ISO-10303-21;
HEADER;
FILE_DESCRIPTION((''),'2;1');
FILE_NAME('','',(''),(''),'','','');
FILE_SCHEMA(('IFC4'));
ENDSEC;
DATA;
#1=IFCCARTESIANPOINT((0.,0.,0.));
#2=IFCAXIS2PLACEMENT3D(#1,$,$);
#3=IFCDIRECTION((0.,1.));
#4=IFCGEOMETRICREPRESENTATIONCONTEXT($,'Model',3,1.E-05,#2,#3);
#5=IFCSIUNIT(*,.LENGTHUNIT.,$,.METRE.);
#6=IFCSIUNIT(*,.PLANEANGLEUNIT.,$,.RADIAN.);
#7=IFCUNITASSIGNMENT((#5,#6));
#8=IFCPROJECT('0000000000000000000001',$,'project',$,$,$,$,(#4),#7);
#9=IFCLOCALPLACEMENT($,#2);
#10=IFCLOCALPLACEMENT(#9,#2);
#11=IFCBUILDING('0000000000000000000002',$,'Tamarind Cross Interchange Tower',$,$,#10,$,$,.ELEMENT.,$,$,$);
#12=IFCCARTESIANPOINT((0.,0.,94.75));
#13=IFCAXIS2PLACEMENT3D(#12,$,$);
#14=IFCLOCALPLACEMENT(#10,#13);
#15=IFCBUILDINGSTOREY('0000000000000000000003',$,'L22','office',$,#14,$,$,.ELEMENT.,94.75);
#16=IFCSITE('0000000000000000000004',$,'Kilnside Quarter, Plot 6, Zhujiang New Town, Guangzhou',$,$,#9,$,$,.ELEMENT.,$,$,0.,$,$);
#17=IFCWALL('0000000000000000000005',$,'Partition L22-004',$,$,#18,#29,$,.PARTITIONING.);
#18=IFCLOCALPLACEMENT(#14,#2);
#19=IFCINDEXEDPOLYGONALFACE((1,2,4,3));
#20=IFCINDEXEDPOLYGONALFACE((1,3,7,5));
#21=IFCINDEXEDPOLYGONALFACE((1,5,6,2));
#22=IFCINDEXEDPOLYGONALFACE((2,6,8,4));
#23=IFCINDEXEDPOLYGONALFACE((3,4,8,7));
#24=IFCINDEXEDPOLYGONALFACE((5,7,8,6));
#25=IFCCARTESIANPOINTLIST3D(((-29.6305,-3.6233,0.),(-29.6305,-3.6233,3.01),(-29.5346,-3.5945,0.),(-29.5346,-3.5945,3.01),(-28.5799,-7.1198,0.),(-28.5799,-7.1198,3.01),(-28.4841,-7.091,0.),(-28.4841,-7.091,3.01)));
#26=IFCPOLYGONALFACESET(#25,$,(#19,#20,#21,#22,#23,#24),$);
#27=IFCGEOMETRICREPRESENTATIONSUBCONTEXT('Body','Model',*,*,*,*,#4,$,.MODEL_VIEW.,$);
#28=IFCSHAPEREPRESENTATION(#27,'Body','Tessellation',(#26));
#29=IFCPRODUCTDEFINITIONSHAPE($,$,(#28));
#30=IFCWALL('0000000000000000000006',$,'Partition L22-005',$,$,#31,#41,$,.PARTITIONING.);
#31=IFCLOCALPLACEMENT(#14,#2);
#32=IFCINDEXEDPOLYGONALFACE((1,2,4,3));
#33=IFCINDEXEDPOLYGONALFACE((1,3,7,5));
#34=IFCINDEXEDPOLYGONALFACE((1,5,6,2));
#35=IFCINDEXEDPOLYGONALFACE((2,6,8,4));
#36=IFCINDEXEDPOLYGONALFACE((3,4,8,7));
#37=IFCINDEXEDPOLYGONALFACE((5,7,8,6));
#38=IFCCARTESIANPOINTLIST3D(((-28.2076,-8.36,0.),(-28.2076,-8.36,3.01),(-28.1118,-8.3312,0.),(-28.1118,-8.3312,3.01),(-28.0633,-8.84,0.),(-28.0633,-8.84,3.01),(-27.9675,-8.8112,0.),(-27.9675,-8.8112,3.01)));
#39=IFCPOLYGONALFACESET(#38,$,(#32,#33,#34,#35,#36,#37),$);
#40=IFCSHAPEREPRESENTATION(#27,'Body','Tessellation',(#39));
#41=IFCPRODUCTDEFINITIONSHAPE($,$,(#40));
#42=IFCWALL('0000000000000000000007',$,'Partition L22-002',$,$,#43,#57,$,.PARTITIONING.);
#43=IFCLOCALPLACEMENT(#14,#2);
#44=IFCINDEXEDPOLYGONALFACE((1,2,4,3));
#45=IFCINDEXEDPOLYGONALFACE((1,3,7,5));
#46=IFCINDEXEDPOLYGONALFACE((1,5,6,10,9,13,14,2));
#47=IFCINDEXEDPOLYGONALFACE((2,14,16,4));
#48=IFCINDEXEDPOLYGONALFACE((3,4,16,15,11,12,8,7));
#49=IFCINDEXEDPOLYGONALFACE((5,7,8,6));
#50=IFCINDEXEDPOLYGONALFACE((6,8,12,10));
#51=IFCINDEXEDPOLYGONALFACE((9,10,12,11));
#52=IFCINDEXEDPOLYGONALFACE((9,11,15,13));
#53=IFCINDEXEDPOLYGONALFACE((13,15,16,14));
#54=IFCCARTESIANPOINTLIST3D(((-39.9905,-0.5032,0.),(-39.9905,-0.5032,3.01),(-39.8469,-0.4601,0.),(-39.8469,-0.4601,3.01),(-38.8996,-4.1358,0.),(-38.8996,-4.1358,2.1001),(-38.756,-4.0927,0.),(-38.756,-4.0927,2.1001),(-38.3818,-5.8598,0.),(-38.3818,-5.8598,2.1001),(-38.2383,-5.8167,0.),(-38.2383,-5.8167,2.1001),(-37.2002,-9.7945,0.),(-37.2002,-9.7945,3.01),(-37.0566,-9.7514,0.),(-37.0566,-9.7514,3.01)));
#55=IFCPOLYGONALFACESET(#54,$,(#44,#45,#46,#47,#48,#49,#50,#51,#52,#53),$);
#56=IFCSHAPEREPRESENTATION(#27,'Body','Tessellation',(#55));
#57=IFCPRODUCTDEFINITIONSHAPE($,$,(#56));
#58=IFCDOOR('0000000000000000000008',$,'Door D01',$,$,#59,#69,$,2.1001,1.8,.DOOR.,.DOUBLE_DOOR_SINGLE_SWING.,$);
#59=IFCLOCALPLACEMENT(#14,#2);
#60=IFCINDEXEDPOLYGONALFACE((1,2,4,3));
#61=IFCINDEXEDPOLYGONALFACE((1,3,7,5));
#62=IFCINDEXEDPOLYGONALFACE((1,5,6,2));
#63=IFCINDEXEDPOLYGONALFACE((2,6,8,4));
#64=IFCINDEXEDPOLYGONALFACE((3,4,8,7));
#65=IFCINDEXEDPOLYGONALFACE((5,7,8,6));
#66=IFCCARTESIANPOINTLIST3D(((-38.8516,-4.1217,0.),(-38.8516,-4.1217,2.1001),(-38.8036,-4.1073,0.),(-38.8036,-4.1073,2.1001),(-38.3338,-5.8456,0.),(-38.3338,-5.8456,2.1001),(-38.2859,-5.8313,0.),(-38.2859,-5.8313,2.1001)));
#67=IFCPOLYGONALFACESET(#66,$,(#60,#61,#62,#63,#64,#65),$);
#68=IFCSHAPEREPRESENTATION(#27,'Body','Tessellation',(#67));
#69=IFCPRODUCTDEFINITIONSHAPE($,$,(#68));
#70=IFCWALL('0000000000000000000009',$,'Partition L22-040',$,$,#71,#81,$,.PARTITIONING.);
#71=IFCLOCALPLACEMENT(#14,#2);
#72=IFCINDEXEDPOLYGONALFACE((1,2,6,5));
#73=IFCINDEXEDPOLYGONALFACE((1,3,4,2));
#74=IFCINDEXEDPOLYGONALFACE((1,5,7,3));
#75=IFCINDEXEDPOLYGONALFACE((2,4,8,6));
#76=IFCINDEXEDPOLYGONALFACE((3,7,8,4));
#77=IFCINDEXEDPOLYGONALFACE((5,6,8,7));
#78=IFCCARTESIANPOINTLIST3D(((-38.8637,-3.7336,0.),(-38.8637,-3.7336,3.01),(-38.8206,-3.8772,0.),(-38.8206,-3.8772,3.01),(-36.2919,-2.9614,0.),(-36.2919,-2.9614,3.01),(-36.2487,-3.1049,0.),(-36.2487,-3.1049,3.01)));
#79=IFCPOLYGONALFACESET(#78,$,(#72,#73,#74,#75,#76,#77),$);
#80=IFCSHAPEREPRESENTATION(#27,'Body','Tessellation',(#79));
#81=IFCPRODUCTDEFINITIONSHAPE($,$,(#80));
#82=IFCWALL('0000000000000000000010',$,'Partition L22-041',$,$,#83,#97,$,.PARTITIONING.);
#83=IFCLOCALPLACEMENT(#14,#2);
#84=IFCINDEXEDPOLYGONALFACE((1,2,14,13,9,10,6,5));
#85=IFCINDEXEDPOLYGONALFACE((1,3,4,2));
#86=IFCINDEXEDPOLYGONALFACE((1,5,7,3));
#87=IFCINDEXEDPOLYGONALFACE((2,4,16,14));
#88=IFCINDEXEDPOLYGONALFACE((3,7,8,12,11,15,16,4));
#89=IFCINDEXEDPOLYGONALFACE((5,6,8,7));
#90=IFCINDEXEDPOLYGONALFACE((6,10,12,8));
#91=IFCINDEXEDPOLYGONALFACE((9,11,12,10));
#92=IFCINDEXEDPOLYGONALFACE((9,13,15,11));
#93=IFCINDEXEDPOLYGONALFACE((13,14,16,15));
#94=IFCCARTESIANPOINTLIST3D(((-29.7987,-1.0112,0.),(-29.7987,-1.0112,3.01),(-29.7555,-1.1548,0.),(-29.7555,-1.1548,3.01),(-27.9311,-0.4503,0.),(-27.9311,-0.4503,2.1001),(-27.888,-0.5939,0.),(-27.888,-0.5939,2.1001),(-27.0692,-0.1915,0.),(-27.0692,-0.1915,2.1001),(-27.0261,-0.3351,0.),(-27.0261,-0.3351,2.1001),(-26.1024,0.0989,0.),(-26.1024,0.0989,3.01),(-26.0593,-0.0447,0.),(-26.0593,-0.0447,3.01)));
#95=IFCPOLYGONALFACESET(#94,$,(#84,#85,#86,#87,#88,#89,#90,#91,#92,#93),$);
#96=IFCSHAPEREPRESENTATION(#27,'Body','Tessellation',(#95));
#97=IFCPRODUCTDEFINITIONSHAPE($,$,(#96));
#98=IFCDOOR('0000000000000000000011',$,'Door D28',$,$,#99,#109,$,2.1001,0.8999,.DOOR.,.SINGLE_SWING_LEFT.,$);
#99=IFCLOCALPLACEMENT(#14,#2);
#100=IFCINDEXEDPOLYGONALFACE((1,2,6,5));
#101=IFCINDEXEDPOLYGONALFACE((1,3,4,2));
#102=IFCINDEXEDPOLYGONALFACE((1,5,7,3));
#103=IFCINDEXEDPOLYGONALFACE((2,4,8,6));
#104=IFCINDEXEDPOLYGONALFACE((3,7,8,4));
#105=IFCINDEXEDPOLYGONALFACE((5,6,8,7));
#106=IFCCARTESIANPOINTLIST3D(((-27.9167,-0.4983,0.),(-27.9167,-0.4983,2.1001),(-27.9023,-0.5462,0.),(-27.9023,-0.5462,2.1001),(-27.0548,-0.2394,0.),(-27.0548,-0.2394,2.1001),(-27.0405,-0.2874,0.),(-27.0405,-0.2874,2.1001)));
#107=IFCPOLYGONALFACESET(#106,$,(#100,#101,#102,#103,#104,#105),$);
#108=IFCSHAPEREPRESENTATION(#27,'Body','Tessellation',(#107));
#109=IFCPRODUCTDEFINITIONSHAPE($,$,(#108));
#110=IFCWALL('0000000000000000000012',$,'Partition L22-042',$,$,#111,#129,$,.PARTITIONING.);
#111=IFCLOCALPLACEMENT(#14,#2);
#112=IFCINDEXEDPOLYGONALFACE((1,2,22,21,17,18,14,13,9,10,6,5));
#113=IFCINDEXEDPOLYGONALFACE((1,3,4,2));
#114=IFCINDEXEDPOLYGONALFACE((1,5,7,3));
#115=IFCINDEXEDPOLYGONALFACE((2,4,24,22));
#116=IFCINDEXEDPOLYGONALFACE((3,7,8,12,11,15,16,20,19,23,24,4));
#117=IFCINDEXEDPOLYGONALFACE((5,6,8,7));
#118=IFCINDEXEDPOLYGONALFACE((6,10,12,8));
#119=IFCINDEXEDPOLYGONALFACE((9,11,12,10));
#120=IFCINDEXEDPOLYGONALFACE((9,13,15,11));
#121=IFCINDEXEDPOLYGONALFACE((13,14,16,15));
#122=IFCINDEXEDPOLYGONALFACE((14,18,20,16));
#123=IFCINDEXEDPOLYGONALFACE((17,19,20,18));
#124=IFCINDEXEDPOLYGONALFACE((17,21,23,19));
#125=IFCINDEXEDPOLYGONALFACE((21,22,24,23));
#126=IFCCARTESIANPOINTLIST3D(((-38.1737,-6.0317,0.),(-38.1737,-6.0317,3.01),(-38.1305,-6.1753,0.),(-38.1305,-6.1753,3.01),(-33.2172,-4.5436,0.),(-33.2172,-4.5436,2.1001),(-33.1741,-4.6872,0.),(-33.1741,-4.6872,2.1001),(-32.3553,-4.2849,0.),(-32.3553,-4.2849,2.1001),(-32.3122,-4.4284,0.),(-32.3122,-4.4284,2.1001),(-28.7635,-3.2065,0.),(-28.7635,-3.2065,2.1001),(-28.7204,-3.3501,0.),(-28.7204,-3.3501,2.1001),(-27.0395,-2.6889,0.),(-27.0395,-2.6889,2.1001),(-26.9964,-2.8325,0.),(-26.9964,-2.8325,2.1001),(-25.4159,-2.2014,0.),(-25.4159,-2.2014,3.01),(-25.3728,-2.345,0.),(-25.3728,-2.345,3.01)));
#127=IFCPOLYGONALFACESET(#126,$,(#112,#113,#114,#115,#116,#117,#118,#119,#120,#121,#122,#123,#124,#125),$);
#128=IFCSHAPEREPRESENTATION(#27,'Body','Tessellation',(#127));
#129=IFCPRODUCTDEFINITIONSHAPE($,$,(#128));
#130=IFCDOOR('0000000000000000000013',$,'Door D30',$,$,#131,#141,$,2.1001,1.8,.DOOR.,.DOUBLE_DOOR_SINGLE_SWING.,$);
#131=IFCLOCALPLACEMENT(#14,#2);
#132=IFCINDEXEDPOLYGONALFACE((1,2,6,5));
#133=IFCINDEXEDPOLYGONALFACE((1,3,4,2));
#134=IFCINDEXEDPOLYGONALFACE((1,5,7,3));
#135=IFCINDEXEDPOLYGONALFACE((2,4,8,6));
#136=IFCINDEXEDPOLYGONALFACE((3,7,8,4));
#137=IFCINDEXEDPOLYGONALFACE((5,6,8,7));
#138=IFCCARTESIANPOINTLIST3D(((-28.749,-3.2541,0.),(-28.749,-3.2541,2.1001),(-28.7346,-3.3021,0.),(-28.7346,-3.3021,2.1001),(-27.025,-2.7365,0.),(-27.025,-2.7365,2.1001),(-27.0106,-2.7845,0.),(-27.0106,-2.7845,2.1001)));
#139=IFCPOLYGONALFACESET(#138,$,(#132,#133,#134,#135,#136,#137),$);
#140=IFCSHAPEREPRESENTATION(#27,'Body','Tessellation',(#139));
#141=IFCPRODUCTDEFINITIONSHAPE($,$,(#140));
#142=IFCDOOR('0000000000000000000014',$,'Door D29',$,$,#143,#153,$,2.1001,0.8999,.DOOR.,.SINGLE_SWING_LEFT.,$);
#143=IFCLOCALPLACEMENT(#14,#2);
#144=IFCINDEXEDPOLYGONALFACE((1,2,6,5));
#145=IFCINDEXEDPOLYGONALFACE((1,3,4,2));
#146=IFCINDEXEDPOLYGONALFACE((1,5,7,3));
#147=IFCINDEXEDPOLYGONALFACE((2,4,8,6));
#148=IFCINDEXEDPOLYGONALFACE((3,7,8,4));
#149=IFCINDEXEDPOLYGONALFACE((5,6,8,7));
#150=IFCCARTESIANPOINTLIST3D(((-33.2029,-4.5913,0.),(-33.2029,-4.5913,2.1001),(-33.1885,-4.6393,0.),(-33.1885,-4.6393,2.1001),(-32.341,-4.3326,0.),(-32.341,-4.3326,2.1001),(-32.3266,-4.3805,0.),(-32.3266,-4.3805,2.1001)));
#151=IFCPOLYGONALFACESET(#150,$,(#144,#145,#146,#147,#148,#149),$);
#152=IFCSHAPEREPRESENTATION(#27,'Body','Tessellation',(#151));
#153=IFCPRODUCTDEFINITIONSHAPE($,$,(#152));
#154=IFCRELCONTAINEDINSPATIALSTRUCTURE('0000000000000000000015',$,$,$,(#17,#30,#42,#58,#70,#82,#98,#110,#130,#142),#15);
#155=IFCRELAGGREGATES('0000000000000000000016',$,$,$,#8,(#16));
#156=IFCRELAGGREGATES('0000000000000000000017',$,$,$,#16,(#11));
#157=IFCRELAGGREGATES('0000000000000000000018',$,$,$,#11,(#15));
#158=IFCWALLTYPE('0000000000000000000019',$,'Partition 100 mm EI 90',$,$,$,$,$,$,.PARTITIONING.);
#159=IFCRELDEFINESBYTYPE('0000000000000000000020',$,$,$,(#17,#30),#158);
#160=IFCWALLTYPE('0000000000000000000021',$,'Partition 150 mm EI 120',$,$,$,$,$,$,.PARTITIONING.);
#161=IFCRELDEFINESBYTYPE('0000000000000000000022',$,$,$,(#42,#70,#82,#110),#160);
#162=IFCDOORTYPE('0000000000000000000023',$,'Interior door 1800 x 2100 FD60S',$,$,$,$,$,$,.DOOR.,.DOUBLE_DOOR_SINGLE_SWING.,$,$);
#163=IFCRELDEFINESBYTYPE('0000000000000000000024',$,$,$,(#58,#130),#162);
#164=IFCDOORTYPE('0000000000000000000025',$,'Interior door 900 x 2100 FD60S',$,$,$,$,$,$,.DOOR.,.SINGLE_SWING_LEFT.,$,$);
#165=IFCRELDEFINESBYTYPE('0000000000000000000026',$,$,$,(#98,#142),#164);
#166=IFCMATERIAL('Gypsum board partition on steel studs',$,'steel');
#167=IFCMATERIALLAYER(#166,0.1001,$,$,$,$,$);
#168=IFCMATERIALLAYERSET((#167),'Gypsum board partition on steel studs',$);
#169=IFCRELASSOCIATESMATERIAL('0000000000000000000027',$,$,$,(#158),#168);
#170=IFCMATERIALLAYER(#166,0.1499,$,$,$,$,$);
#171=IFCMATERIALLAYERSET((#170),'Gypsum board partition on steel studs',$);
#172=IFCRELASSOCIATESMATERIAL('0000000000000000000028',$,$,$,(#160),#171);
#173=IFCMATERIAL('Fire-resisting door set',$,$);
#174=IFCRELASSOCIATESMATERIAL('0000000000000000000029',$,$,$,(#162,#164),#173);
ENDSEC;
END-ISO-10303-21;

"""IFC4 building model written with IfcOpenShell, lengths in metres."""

from ifc_helpers import new_model, si_unit, direction, frame, frame_2d, origin, place, context, subcontext, project, spatial, rectangle, extrude, material, layer, layer_set, type_object, element, fill, save


model = new_model("IFC4")

# Units and contexts
model_context = context("Model", 3, precision=1e-05, world=origin(), true_north=direction((0.0, 1.0)))
body_context = subcontext(model_context, "Body", "Model", "MODEL_VIEW")
ifc_project = project(units=[si_unit("LENGTHUNIT", "METRE"), si_unit("PLANEANGLEUNIT", "RADIAN")], contexts=[model_context])

# Site, building, storey
site_placement = place(None, origin())
site = spatial("IfcSite", under=ifc_project, at=site_placement, Name="Kilnside Quarter, Plot 6, Zhujiang New Town, Guangzhou", CompositionType="ELEMENT", RefElevation=0.0)
building_placement = place(site_placement, origin())
building = spatial("IfcBuilding", under=site, at=building_placement, Name="Tamarind Cross Interchange Tower", CompositionType="ELEMENT")
storey_placement = place(building_placement, frame((0.0, 0.0, 94.75)))
storey = spatial("IfcBuildingStorey", under=building, at=storey_placement, Name="L22", Description="office", CompositionType="ELEMENT", Elevation=94.75)

# Walls
ifc_material_1 = material(Name="Gypsum board partition on steel studs", Category="steel")
ifc_layer_1 = layer(ifc_material_1, 0.1001)
ifc_layer_set_1 = layer_set([ifc_layer_1], Name="Gypsum board partition on steel studs")
wall_type_1 = type_object("IfcWallType", Name="Partition 100 mm EI 90", PredefinedType="PARTITIONING", material=ifc_layer_set_1)
wall_1_placement = place(storey_placement, frame((-29.5825, -3.6089, 0.0), z_axis=(0.0, 0.0, 1.0), x_axis=(0.28774, -0.957708, 0.0)))
element("IfcWall", 1, at=wall_1_placement, inside=storey, type_object=wall_type_1, Name="Partition L22-004", PredefinedType="PARTITIONING", context=body_context, shape_type="SweptSolid", body=[
    extrude(rectangle(XDim=3.6509, YDim=0.1001, at=frame_2d((1.8254, 0.0))), origin(), (0.0, 0.0, 1.0), 3.01),
])
wall_2_placement = place(storey_placement, frame((-28.1597, -8.3457, 0.0), z_axis=(0.0, 0.0, 1.0), x_axis=(0.287884, -0.957665, 0.0)))
element("IfcWall", 2, at=wall_2_placement, inside=storey, type_object=wall_type_1, Name="Partition L22-005", PredefinedType="PARTITIONING", context=body_context, shape_type="SweptSolid", body=[
    extrude(rectangle(XDim=0.5012, YDim=0.1001, at=frame_2d((0.2505, 0.0))), origin(), (0.0, 0.0, 1.0), 3.01),
])

# Wall, opening, door
ifc_layer_2 = layer(ifc_material_1, 0.1499)
ifc_layer_set_2 = layer_set([ifc_layer_2], Name="Gypsum board partition on steel studs")
wall_type_2 = type_object("IfcWallType", Name="Partition 150 mm EI 120", PredefinedType="PARTITIONING", material=ifc_layer_set_2)
wall_3_placement = place(storey_placement, frame((-39.9187, -0.4817, 0.0), z_axis=(0.0, 0.0, 1.0), x_axis=(0.287623, -0.957744, 0.0)))
wall_3 = element("IfcWall", 3, at=wall_3_placement, inside=storey, type_object=wall_type_2, Name="Partition L22-002", PredefinedType="PARTITIONING", context=body_context, shape_type="SweptSolid", body=[
    extrude(rectangle(XDim=9.7012, YDim=0.1499, at=frame_2d((4.8506, 0.0))), origin(), (0.0, 0.0, 1.0), 3.01),
])
opening_1_placement = place(wall_3_placement, frame((3.793, 0.0, 0.0)))
opening_1 = element("IfcOpeningElement", 4, at=opening_1_placement, cuts=wall_3, PredefinedType="OPENING", context=body_context, shape_type="SweptSolid", body=[
    extrude(rectangle(XDim=1.8, YDim=2.1001, at=frame_2d((0.8999, 1.05))), frame((0.0, 0.085, 0.0), z_axis=(0.0, -1.0, 0.0), x_axis=(1.0, 0.0, 0.0)), (0.0, 0.0, 1.0), 0.1699),
])
ifc_material_2 = material(Name="Fire-resisting door set")
door_type_1 = type_object("IfcDoorType", Name="Interior door 1800 x 2100 FD60S", OperationType="DOUBLE_DOOR_SINGLE_SWING", PredefinedType="DOOR", material=ifc_material_2)
door_1_placement = place(opening_1_placement, frame((1.8, 0.0, 0.0), z_axis=(0.0, 0.0, 1.0), x_axis=(-1.0, 0.0, 0.0)))
door_1 = element("IfcDoor", 5, at=door_1_placement, inside=storey, type_object=door_type_1, Name="Door D01", OperationType="DOUBLE_DOOR_SINGLE_SWING", OverallHeight=2.1001, OverallWidth=1.8, PredefinedType="DOOR", context=body_context, shape_type="SweptSolid", body=[
    extrude(rectangle(XDim=1.8, YDim=2.1001, at=frame_2d((0.8999, 1.05))), frame((0.0, 0.0249, 0.0), z_axis=(0.0, -1.0, 0.0), x_axis=(1.0, 0.0, 0.0)), (0.0, 0.0, 1.0), 0.05),
])
fill(opening_1, door_1)

# Wall
wall_4_placement = place(storey_placement, frame((-38.8423, -3.8054, 0.0), z_axis=(0.0, 0.0, 1.0), x_axis=(0.957756, 0.287581, 0.0)))
element("IfcWall", 6, at=wall_4_placement, inside=storey, type_object=wall_type_2, Name="Partition L22-040", PredefinedType="PARTITIONING", context=body_context, shape_type="SweptSolid", body=[
    extrude(rectangle(XDim=2.6853, YDim=0.1499, at=frame_2d((1.3428, 0.0))), origin(), (0.0, 0.0, 1.0), 3.01),
])

# Wall, opening, door
wall_5_placement = place(storey_placement, frame((-29.7771, -1.083, 0.0), z_axis=(0.0, 0.0, 1.0), x_axis=(0.957739, 0.287638, 0.0)))
wall_5 = element("IfcWall", 7, at=wall_5_placement, inside=storey, type_object=wall_type_2, Name="Partition L22-041", PredefinedType="PARTITIONING", context=body_context, shape_type="SweptSolid", body=[
    extrude(rectangle(XDim=3.8594, YDim=0.1499, at=frame_2d((1.9297, 0.0))), origin(), (0.0, 0.0, 1.0), 3.01),
])
opening_2_placement = place(wall_5_placement, frame((1.95, 0.0, 0.0)))
opening_2 = element("IfcOpeningElement", 8, at=opening_2_placement, cuts=wall_5, PredefinedType="OPENING", context=body_context, shape_type="SweptSolid", body=[
    extrude(rectangle(XDim=0.8999, YDim=2.1001, at=frame_2d((0.45, 1.05))), frame((0.0, 0.085, 0.0), z_axis=(0.0, -1.0, 0.0), x_axis=(1.0, 0.0, 0.0)), (0.0, 0.0, 1.0), 0.1699),
])
door_type_2 = type_object("IfcDoorType", Name="Interior door 900 x 2100 FD60S", OperationType="SINGLE_SWING_LEFT", PredefinedType="DOOR", material=ifc_material_2)
door_2_placement = place(opening_2_placement, origin())
door_2 = element("IfcDoor", 9, at=door_2_placement, inside=storey, type_object=door_type_2, Name="Door D28", OperationType="SINGLE_SWING_LEFT", OverallHeight=2.1001, OverallWidth=0.8999, PredefinedType="DOOR", context=body_context, shape_type="SweptSolid", body=[
    extrude(rectangle(XDim=0.8999, YDim=2.1001, at=frame_2d((0.45, 1.05))), frame((0.0, 0.0249, 0.0), z_axis=(0.0, -1.0, 0.0), x_axis=(1.0, 0.0, 0.0)), (0.0, 0.0, 1.0), 0.05),
])
fill(opening_2, door_2)

# Wall, openings, doors
wall_6_placement = place(storey_placement, frame((-38.1521, -6.1035, 0.0), z_axis=(0.0, 0.0, 1.0), x_axis=(0.957765, 0.287553, 0.0)))
wall_6 = element("IfcWall", 10, at=wall_6_placement, inside=storey, type_object=wall_type_2, Name="Partition L22-042", PredefinedType="PARTITIONING", context=body_context, shape_type="SweptSolid", body=[
    extrude(rectangle(XDim=13.3203, YDim=0.1499, at=frame_2d((6.6602, 0.0))), origin(), (0.0, 0.0, 1.0), 3.01),
])
opening_3_placement = place(wall_6_placement, frame((5.175, 0.0, 0.0)))
opening_3 = element("IfcOpeningElement", 11, at=opening_3_placement, cuts=wall_6, PredefinedType="OPENING", context=body_context, shape_type="SweptSolid", body=[
    extrude(rectangle(XDim=0.8999, YDim=2.1001, at=frame_2d((0.45, 1.05))), frame((0.0, 0.085, 0.0), z_axis=(0.0, -1.0, 0.0), x_axis=(1.0, 0.0, 0.0)), (0.0, 0.0, 1.0), 0.1699),
])
opening_4_placement = place(wall_6_placement, frame((9.8252, 0.0, 0.0)))
opening_4 = element("IfcOpeningElement", 12, at=opening_4_placement, cuts=wall_6, PredefinedType="OPENING", context=body_context, shape_type="SweptSolid", body=[
    extrude(rectangle(XDim=1.8, YDim=2.1001, at=frame_2d((0.8999, 1.05))), frame((0.0, 0.085, 0.0), z_axis=(0.0, -1.0, 0.0), x_axis=(1.0, 0.0, 0.0)), (0.0, 0.0, 1.0), 0.1699),
])
door_3_placement = place(opening_4_placement, frame((1.8, 0.0, 0.0), z_axis=(0.0, 0.0, 1.0), x_axis=(-1.0, 0.0, 0.0)))
door_3 = element("IfcDoor", 13, at=door_3_placement, inside=storey, type_object=door_type_1, Name="Door D30", OperationType="DOUBLE_DOOR_SINGLE_SWING", OverallHeight=2.1001, OverallWidth=1.8, PredefinedType="DOOR", context=body_context, shape_type="SweptSolid", body=[
    extrude(rectangle(XDim=1.8, YDim=2.1001, at=frame_2d((0.8999, 1.05))), frame((0.0, 0.0249, 0.0), z_axis=(0.0, -1.0, 0.0), x_axis=(1.0, 0.0, 0.0)), (0.0, 0.0, 1.0), 0.05),
])
fill(opening_4, door_3)
door_4_placement = place(opening_3_placement, frame((0.8999, 0.0, 0.0), z_axis=(0.0, 0.0, 1.0), x_axis=(-1.0, 0.0, 0.0)))
door_4 = element("IfcDoor", 14, at=door_4_placement, inside=storey, type_object=door_type_2, Name="Door D29", OperationType="SINGLE_SWING_LEFT", OverallHeight=2.1001, OverallWidth=0.8999, PredefinedType="DOOR", context=body_context, shape_type="SweptSolid", body=[
    extrude(rectangle(XDim=0.8999, YDim=2.1001, at=frame_2d((0.45, 1.05))), frame((0.0, 0.0249, 0.0), z_axis=(0.0, -1.0, 0.0), x_axis=(1.0, 0.0, 0.0)), (0.0, 0.0, 1.0), 0.05),
])
fill(opening_3, door_4)

save(model, "model.ifc")
